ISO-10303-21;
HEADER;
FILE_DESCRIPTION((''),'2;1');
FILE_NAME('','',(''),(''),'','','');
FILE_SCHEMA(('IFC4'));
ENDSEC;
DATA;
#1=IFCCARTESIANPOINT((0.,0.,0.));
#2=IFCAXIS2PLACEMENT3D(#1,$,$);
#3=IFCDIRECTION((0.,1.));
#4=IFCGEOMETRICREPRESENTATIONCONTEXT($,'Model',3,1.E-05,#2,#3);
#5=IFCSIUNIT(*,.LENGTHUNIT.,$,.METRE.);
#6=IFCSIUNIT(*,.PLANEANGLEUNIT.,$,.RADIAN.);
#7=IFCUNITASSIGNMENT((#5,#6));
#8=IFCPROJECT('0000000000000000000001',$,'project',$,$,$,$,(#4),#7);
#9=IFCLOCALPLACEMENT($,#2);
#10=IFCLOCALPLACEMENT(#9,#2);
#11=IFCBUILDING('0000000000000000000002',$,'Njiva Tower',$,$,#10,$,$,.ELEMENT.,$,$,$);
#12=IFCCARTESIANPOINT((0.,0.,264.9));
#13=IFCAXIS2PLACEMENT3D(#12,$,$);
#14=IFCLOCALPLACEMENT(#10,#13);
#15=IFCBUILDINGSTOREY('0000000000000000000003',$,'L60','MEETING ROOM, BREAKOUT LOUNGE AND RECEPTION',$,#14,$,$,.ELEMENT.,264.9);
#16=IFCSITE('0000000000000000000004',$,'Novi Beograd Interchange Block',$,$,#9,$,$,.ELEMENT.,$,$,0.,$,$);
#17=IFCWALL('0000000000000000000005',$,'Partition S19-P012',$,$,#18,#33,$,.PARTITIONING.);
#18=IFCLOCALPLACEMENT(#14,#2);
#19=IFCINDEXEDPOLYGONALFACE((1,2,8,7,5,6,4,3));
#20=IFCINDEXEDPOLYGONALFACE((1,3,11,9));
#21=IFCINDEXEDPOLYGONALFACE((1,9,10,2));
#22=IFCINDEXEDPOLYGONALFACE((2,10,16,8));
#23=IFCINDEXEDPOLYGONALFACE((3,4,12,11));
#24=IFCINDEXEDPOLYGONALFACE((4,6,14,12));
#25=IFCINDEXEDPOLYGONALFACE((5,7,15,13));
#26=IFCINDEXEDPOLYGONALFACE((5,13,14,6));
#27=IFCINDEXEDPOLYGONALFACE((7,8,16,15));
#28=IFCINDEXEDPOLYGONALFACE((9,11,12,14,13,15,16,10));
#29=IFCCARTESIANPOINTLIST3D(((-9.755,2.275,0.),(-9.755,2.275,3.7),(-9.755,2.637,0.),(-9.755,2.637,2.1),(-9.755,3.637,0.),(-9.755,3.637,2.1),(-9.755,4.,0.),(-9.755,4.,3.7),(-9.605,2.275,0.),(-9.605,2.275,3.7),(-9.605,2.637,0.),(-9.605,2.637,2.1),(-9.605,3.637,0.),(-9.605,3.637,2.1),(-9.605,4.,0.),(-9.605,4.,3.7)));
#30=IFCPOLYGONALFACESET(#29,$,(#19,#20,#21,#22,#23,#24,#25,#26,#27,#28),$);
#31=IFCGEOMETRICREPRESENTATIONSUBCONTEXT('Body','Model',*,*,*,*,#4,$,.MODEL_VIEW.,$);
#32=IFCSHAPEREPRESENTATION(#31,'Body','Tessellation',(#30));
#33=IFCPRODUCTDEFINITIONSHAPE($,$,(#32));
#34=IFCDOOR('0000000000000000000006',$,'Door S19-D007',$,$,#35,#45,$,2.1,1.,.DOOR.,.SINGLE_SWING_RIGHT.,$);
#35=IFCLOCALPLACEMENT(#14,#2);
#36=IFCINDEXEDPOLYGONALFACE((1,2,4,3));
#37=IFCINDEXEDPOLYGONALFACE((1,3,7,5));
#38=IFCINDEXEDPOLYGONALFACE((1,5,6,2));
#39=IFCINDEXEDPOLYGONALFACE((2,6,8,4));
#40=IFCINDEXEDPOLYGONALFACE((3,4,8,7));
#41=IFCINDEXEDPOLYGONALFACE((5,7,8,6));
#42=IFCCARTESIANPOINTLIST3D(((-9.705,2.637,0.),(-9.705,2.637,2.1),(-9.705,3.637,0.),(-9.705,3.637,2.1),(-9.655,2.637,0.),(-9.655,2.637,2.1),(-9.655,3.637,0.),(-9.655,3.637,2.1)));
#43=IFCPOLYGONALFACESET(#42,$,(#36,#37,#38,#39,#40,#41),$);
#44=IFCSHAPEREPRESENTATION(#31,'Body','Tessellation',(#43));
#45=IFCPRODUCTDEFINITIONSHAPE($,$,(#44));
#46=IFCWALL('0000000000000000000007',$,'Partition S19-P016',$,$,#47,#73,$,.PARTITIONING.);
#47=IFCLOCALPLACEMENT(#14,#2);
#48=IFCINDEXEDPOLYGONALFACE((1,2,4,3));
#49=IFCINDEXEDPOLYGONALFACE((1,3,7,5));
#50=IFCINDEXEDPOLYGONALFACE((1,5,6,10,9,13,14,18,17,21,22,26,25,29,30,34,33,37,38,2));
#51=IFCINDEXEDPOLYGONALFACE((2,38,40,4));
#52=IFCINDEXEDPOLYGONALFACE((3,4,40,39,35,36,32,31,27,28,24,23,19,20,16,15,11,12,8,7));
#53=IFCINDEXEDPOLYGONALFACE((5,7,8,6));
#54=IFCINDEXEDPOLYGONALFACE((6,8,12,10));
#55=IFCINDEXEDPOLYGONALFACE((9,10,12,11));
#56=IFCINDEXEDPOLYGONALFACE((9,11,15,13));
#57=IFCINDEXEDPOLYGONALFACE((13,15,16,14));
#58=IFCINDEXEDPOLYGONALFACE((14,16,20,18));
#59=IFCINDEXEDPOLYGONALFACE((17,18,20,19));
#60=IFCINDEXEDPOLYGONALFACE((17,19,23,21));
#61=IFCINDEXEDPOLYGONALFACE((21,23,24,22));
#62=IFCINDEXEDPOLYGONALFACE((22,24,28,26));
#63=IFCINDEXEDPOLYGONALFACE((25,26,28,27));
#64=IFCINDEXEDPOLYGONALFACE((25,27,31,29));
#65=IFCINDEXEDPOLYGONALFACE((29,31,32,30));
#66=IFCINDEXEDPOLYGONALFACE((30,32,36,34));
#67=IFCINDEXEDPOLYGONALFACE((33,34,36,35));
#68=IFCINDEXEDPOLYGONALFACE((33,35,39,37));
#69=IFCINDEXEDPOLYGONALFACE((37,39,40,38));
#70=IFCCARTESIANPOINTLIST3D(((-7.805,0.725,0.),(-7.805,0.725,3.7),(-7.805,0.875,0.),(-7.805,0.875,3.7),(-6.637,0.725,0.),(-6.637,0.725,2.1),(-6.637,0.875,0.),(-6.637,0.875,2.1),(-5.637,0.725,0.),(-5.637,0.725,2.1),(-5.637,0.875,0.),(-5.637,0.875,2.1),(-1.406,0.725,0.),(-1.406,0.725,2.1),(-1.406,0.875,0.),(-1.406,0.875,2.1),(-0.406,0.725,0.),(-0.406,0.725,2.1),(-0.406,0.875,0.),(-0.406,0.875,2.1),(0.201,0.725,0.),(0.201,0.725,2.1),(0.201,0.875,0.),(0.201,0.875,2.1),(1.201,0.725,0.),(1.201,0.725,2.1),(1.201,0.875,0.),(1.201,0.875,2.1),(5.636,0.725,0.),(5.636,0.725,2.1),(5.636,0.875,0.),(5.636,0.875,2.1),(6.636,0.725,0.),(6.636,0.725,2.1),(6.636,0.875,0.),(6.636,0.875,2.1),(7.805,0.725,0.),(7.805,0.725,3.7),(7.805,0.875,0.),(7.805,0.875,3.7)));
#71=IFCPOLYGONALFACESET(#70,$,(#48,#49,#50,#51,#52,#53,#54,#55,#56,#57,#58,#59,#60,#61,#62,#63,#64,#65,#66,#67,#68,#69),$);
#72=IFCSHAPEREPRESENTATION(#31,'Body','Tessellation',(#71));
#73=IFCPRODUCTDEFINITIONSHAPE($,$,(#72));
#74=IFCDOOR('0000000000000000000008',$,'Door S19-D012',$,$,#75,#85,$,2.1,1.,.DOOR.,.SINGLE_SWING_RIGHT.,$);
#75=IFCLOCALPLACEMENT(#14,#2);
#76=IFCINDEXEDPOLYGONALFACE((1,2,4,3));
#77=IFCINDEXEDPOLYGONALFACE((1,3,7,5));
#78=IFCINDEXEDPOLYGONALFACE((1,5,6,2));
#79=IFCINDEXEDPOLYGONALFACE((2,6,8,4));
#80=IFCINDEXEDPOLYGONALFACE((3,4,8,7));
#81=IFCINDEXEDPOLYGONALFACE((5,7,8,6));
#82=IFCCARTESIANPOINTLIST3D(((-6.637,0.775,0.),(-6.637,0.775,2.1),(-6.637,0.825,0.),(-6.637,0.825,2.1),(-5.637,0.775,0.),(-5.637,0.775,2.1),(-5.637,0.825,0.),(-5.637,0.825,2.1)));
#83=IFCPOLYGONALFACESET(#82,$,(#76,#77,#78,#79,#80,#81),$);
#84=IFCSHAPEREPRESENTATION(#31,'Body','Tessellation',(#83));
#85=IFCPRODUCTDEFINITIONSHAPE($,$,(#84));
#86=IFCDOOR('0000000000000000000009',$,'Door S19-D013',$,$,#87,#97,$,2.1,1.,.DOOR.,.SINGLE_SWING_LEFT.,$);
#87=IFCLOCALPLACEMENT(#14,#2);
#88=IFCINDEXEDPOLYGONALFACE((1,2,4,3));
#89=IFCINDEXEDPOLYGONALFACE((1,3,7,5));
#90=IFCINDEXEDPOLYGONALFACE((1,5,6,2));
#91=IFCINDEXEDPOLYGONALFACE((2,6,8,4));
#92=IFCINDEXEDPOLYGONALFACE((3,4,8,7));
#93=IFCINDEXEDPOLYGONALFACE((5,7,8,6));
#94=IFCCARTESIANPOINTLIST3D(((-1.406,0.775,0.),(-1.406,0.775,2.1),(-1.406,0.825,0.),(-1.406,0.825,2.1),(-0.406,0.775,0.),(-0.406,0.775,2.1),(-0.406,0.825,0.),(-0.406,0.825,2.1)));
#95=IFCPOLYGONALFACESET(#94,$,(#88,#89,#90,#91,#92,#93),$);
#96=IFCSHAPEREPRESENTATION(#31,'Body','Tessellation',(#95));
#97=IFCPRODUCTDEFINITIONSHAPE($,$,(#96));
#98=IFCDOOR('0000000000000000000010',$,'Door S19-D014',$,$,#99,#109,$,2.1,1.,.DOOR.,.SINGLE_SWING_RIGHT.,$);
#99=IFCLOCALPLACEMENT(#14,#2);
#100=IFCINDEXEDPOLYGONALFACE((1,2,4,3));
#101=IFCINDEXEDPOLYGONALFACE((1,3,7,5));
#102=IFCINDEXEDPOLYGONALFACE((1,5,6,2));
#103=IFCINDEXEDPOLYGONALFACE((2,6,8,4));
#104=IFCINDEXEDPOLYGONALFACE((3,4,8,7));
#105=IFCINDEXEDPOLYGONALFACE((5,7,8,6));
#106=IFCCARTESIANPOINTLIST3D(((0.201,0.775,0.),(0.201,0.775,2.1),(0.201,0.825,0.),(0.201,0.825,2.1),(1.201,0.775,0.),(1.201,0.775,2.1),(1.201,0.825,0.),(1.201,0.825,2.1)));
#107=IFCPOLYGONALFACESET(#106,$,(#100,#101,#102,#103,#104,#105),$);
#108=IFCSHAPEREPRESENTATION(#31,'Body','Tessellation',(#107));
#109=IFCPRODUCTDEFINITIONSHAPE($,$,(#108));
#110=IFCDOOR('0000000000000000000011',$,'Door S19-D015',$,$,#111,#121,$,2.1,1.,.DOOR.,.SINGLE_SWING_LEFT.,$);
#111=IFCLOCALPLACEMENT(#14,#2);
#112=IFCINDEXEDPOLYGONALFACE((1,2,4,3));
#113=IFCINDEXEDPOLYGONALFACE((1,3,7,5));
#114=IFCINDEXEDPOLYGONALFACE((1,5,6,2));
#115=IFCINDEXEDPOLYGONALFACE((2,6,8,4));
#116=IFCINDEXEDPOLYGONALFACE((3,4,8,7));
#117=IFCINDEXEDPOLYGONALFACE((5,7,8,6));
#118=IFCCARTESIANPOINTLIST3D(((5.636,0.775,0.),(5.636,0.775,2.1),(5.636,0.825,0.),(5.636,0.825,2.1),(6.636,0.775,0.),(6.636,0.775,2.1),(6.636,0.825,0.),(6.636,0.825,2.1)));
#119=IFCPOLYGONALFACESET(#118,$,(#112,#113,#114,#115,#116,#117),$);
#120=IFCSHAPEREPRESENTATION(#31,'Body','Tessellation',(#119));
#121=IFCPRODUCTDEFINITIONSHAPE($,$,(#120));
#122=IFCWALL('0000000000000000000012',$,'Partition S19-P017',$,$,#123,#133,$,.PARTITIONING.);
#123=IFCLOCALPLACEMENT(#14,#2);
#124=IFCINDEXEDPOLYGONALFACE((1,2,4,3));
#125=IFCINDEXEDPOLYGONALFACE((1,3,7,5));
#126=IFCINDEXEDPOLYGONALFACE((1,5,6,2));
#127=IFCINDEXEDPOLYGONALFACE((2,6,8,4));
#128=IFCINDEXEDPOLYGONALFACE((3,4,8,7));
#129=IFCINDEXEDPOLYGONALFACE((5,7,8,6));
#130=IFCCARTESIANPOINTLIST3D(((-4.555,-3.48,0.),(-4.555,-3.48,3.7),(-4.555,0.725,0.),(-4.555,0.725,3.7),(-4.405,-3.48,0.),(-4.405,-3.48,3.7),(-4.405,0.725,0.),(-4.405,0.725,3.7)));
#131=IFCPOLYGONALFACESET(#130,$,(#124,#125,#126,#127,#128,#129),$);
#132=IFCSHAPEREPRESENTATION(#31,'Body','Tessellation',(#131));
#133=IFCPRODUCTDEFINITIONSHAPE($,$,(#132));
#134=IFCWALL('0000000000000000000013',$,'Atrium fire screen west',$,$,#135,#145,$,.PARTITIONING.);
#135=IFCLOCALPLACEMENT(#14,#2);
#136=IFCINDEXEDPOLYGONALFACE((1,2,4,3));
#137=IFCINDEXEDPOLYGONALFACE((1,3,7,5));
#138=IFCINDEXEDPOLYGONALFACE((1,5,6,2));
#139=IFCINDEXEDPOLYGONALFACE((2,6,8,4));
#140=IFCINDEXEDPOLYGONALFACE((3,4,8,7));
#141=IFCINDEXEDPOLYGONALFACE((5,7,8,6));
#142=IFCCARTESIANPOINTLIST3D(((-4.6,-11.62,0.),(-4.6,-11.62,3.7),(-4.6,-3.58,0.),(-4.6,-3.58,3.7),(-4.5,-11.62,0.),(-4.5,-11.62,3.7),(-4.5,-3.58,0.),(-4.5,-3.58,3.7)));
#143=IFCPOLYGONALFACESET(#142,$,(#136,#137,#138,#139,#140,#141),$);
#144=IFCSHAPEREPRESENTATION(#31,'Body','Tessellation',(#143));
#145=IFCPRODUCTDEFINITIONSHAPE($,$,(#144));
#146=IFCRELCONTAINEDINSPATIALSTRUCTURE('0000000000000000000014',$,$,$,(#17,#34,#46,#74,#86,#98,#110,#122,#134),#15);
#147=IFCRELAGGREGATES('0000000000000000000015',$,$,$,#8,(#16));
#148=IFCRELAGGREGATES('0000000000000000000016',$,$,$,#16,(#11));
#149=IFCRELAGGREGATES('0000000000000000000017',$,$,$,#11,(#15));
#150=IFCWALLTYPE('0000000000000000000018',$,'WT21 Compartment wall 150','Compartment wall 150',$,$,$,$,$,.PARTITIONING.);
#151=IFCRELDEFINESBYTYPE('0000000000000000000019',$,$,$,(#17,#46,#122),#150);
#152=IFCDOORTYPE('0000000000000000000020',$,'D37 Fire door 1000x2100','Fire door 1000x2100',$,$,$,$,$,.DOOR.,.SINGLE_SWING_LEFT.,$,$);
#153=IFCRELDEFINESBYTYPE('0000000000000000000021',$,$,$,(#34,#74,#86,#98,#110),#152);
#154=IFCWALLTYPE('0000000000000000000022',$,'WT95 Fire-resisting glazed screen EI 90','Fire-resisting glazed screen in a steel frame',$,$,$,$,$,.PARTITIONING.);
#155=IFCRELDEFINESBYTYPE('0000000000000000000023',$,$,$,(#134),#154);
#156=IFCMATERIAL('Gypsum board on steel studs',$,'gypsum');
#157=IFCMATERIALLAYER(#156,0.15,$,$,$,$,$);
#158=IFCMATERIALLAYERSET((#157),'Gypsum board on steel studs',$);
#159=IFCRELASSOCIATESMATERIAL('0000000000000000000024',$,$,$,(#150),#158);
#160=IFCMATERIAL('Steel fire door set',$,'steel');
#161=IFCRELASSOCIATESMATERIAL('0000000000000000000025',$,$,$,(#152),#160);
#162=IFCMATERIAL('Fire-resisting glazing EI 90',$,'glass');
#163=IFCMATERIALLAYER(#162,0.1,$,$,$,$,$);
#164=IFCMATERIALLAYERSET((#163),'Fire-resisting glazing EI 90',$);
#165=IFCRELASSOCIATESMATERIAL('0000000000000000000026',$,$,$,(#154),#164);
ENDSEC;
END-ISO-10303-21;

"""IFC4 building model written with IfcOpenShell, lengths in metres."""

from ifc_helpers import new_model, si_unit, direction, frame, frame_2d, origin, place, context, subcontext, project, spatial, rectangle, extrude, material, layer, layer_set, type_object, element, fill, save


model = new_model("IFC4")

# Units and contexts
model_context = context("Model", 3, precision=1e-05, world=origin(), true_north=direction((0.0, 1.0)))
body_context = subcontext(model_context, "Body", "Model", "MODEL_VIEW")
ifc_project = project(units=[si_unit("LENGTHUNIT", "METRE"), si_unit("PLANEANGLEUNIT", "RADIAN")], contexts=[model_context])

# Site, building, storey
site_placement = place(None, origin())
site = spatial("IfcSite", under=ifc_project, at=site_placement, Name="Novi Beograd Interchange Block", CompositionType="ELEMENT", RefElevation=0.0)
building_placement = place(site_placement, origin())
building = spatial("IfcBuilding", under=site, at=building_placement, Name="Njiva Tower", CompositionType="ELEMENT")
storey_placement = place(building_placement, frame((0.0, 0.0, 264.9)))
storey = spatial("IfcBuildingStorey", under=building, at=storey_placement, Name="L60", Description="MEETING ROOM, BREAKOUT LOUNGE AND RECEPTION", CompositionType="ELEMENT", Elevation=264.9)

# Shared definitions
ifc_material_1 = material(Name="Gypsum board on steel studs", Category="gypsum")

# Wall, opening, door
ifc_layer_1 = layer(ifc_material_1, 0.15)
ifc_layer_set_1 = layer_set([ifc_layer_1], Name="Gypsum board on steel studs")
wall_type_1 = type_object("IfcWallType", Name="WT21 Compartment wall 150", Description="Compartment wall 150", PredefinedType="PARTITIONING", material=ifc_layer_set_1)
wall_1_placement = place(storey_placement, frame((-9.68, 2.275, 0.0), z_axis=(0.0, 0.0, 1.0), x_axis=(0.0, 1.0, 0.0)))
wall_1 = element("IfcWall", 1, at=wall_1_placement, inside=storey, type_object=wall_type_1, Name="Partition S19-P012", PredefinedType="PARTITIONING", context=body_context, shape_type="SweptSolid", body=[
    extrude(rectangle(XDim=1.725, YDim=0.15, at=frame_2d((0.8625, 0.0))), origin(), (0.0, 0.0, 1.0), 3.7),
])
opening_1_placement = place(wall_1_placement, frame((0.362, 0.0, 0.0)))
opening_1 = element("IfcOpeningElement", 2, at=opening_1_placement, cuts=wall_1, PredefinedType="OPENING", context=body_context, shape_type="SweptSolid", body=[
    extrude(rectangle(XDim=1.0, YDim=2.1, at=frame_2d((0.5, 1.05))), frame((0.0, 0.085, 0.0), z_axis=(0.0, -1.0, 0.0), x_axis=(1.0, 0.0, 0.0)), (0.0, 0.0, 1.0), 0.17),
])
ifc_material_2 = material(Name="Steel fire door set", Category="steel")
door_type = type_object("IfcDoorType", Name="D37 Fire door 1000x2100", Description="Fire door 1000x2100", OperationType="SINGLE_SWING_LEFT", PredefinedType="DOOR", material=ifc_material_2)
door_1_placement = place(opening_1_placement, origin())
door_1 = element("IfcDoor", 3, at=door_1_placement, inside=storey, type_object=door_type, Name="Door S19-D007", OperationType="SINGLE_SWING_RIGHT", OverallHeight=2.1, OverallWidth=1.0, PredefinedType="DOOR", context=body_context, shape_type="SweptSolid", body=[
    extrude(rectangle(XDim=1.0, YDim=2.1, at=frame_2d((0.5, 1.05))), frame((0.0, 0.025, 0.0), z_axis=(0.0, -1.0, 0.0), x_axis=(1.0, 0.0, 0.0)), (0.0, 0.0, 1.0), 0.05),
])
fill(opening_1, door_1)

# Wall, openings, doors
wall_2_placement = place(storey_placement, frame((-7.805, 0.8, 0.0), z_axis=(0.0, 0.0, 1.0), x_axis=(1.0, 0.0, 0.0)))
wall_2 = element("IfcWall", 4, at=wall_2_placement, inside=storey, type_object=wall_type_1, Name="Partition S19-P016", PredefinedType="PARTITIONING", context=body_context, shape_type="SweptSolid", body=[
    extrude(rectangle(XDim=15.61, YDim=0.15, at=frame_2d((7.805, 0.0))), origin(), (0.0, 0.0, 1.0), 3.7),
])
opening_2_placement = place(wall_2_placement, frame((1.168, 0.0, 0.0)))
opening_2 = element("IfcOpeningElement", 5, at=opening_2_placement, cuts=wall_2, PredefinedType="OPENING", context=body_context, shape_type="SweptSolid", body=[
    extrude(rectangle(XDim=1.0, YDim=2.1, at=frame_2d((0.5, 1.05))), frame((0.0, 0.085, 0.0), z_axis=(0.0, -1.0, 0.0), x_axis=(1.0, 0.0, 0.0)), (0.0, 0.0, 1.0), 0.17),
])
opening_3_placement = place(wall_2_placement, frame((6.399, 0.0, 0.0)))
opening_3 = element("IfcOpeningElement", 6, at=opening_3_placement, cuts=wall_2, PredefinedType="OPENING", context=body_context, shape_type="SweptSolid", body=[
    extrude(rectangle(XDim=1.0, YDim=2.1, at=frame_2d((0.5, 1.05))), frame((0.0, 0.085, 0.0), z_axis=(0.0, -1.0, 0.0), x_axis=(1.0, 0.0, 0.0)), (0.0, 0.0, 1.0), 0.17),
])
opening_4_placement = place(wall_2_placement, frame((8.006, 0.0, 0.0)))
opening_4 = element("IfcOpeningElement", 7, at=opening_4_placement, cuts=wall_2, PredefinedType="OPENING", context=body_context, shape_type="SweptSolid", body=[
    extrude(rectangle(XDim=1.0, YDim=2.1, at=frame_2d((0.5, 1.05))), frame((0.0, 0.085, 0.0), z_axis=(0.0, -1.0, 0.0), x_axis=(1.0, 0.0, 0.0)), (0.0, 0.0, 1.0), 0.17),
])
opening_5_placement = place(wall_2_placement, frame((13.441, 0.0, 0.0)))
opening_5 = element("IfcOpeningElement", 8, at=opening_5_placement, cuts=wall_2, PredefinedType="OPENING", context=body_context, shape_type="SweptSolid", body=[
    extrude(rectangle(XDim=1.0, YDim=2.1, at=frame_2d((0.5, 1.05))), frame((0.0, 0.085, 0.0), z_axis=(0.0, -1.0, 0.0), x_axis=(1.0, 0.0, 0.0)), (0.0, 0.0, 1.0), 0.17),
])
door_2_placement = place(opening_2_placement, origin())
door_2 = element("IfcDoor", 9, at=door_2_placement, inside=storey, type_object=door_type, Name="Door S19-D012", OperationType="SINGLE_SWING_RIGHT", OverallHeight=2.1, OverallWidth=1.0, PredefinedType="DOOR", context=body_context, shape_type="SweptSolid", body=[
    extrude(rectangle(XDim=1.0, YDim=2.1, at=frame_2d((0.5, 1.05))), frame((0.0, 0.025, 0.0), z_axis=(0.0, -1.0, 0.0), x_axis=(1.0, 0.0, 0.0)), (0.0, 0.0, 1.0), 0.05),
])
fill(opening_2, door_2)
door_3_placement = place(opening_3_placement, origin())
door_3 = element("IfcDoor", 10, at=door_3_placement, inside=storey, type_object=door_type, Name="Door S19-D013", OperationType="SINGLE_SWING_LEFT", OverallHeight=2.1, OverallWidth=1.0, PredefinedType="DOOR", context=body_context, shape_type="SweptSolid", body=[
    extrude(rectangle(XDim=1.0, YDim=2.1, at=frame_2d((0.5, 1.05))), frame((0.0, 0.025, 0.0), z_axis=(0.0, -1.0, 0.0), x_axis=(1.0, 0.0, 0.0)), (0.0, 0.0, 1.0), 0.05),
])
fill(opening_3, door_3)
door_4_placement = place(opening_4_placement, origin())
door_4 = element("IfcDoor", 11, at=door_4_placement, inside=storey, type_object=door_type, Name="Door S19-D014", OperationType="SINGLE_SWING_RIGHT", OverallHeight=2.1, OverallWidth=1.0, PredefinedType="DOOR", context=body_context, shape_type="SweptSolid", body=[
    extrude(rectangle(XDim=1.0, YDim=2.1, at=frame_2d((0.5, 1.05))), frame((0.0, 0.025, 0.0), z_axis=(0.0, -1.0, 0.0), x_axis=(1.0, 0.0, 0.0)), (0.0, 0.0, 1.0), 0.05),
])
fill(opening_4, door_4)
door_5_placement = place(opening_5_placement, origin())
door_5 = element("IfcDoor", 12, at=door_5_placement, inside=storey, type_object=door_type, Name="Door S19-D015", OperationType="SINGLE_SWING_LEFT", OverallHeight=2.1, OverallWidth=1.0, PredefinedType="DOOR", context=body_context, shape_type="SweptSolid", body=[
    extrude(rectangle(XDim=1.0, YDim=2.1, at=frame_2d((0.5, 1.05))), frame((0.0, 0.025, 0.0), z_axis=(0.0, -1.0, 0.0), x_axis=(1.0, 0.0, 0.0)), (0.0, 0.0, 1.0), 0.05),
])
fill(opening_5, door_5)

# Walls
wall_3_placement = place(storey_placement, frame((-4.48, -3.48, 0.0), z_axis=(0.0, 0.0, 1.0), x_axis=(0.0, 1.0, 0.0)))
element("IfcWall", 13, at=wall_3_placement, inside=storey, type_object=wall_type_1, Name="Partition S19-P017", PredefinedType="PARTITIONING", context=body_context, shape_type="SweptSolid", body=[
    extrude(rectangle(XDim=4.205, YDim=0.15, at=frame_2d((2.1025, 0.0))), origin(), (0.0, 0.0, 1.0), 3.7),
])
ifc_material_3 = material(Name="Fire-resisting glazing EI 90", Category="glass")
ifc_layer_2 = layer(ifc_material_3, 0.1)
ifc_layer_set_2 = layer_set([ifc_layer_2], Name="Fire-resisting glazing EI 90")
wall_type_2 = type_object("IfcWallType", Name="WT95 Fire-resisting glazed screen EI 90", Description="Fire-resisting glazed screen in a steel frame", PredefinedType="PARTITIONING", material=ifc_layer_set_2)
wall_4_placement = place(storey_placement, frame((-4.55, -3.58, 0.0), z_axis=(0.0, 0.0, 1.0), x_axis=(0.0, -1.0, 0.0)))
element("IfcWall", 14, at=wall_4_placement, inside=storey, type_object=wall_type_2, Name="Atrium fire screen west", PredefinedType="PARTITIONING", context=body_context, shape_type="SweptSolid", body=[
    extrude(rectangle(XDim=8.04, YDim=0.1, at=frame_2d((4.02, 0.0))), origin(), (0.0, 0.0, 1.0), 3.7),
])

save(model, "model.ifc")
